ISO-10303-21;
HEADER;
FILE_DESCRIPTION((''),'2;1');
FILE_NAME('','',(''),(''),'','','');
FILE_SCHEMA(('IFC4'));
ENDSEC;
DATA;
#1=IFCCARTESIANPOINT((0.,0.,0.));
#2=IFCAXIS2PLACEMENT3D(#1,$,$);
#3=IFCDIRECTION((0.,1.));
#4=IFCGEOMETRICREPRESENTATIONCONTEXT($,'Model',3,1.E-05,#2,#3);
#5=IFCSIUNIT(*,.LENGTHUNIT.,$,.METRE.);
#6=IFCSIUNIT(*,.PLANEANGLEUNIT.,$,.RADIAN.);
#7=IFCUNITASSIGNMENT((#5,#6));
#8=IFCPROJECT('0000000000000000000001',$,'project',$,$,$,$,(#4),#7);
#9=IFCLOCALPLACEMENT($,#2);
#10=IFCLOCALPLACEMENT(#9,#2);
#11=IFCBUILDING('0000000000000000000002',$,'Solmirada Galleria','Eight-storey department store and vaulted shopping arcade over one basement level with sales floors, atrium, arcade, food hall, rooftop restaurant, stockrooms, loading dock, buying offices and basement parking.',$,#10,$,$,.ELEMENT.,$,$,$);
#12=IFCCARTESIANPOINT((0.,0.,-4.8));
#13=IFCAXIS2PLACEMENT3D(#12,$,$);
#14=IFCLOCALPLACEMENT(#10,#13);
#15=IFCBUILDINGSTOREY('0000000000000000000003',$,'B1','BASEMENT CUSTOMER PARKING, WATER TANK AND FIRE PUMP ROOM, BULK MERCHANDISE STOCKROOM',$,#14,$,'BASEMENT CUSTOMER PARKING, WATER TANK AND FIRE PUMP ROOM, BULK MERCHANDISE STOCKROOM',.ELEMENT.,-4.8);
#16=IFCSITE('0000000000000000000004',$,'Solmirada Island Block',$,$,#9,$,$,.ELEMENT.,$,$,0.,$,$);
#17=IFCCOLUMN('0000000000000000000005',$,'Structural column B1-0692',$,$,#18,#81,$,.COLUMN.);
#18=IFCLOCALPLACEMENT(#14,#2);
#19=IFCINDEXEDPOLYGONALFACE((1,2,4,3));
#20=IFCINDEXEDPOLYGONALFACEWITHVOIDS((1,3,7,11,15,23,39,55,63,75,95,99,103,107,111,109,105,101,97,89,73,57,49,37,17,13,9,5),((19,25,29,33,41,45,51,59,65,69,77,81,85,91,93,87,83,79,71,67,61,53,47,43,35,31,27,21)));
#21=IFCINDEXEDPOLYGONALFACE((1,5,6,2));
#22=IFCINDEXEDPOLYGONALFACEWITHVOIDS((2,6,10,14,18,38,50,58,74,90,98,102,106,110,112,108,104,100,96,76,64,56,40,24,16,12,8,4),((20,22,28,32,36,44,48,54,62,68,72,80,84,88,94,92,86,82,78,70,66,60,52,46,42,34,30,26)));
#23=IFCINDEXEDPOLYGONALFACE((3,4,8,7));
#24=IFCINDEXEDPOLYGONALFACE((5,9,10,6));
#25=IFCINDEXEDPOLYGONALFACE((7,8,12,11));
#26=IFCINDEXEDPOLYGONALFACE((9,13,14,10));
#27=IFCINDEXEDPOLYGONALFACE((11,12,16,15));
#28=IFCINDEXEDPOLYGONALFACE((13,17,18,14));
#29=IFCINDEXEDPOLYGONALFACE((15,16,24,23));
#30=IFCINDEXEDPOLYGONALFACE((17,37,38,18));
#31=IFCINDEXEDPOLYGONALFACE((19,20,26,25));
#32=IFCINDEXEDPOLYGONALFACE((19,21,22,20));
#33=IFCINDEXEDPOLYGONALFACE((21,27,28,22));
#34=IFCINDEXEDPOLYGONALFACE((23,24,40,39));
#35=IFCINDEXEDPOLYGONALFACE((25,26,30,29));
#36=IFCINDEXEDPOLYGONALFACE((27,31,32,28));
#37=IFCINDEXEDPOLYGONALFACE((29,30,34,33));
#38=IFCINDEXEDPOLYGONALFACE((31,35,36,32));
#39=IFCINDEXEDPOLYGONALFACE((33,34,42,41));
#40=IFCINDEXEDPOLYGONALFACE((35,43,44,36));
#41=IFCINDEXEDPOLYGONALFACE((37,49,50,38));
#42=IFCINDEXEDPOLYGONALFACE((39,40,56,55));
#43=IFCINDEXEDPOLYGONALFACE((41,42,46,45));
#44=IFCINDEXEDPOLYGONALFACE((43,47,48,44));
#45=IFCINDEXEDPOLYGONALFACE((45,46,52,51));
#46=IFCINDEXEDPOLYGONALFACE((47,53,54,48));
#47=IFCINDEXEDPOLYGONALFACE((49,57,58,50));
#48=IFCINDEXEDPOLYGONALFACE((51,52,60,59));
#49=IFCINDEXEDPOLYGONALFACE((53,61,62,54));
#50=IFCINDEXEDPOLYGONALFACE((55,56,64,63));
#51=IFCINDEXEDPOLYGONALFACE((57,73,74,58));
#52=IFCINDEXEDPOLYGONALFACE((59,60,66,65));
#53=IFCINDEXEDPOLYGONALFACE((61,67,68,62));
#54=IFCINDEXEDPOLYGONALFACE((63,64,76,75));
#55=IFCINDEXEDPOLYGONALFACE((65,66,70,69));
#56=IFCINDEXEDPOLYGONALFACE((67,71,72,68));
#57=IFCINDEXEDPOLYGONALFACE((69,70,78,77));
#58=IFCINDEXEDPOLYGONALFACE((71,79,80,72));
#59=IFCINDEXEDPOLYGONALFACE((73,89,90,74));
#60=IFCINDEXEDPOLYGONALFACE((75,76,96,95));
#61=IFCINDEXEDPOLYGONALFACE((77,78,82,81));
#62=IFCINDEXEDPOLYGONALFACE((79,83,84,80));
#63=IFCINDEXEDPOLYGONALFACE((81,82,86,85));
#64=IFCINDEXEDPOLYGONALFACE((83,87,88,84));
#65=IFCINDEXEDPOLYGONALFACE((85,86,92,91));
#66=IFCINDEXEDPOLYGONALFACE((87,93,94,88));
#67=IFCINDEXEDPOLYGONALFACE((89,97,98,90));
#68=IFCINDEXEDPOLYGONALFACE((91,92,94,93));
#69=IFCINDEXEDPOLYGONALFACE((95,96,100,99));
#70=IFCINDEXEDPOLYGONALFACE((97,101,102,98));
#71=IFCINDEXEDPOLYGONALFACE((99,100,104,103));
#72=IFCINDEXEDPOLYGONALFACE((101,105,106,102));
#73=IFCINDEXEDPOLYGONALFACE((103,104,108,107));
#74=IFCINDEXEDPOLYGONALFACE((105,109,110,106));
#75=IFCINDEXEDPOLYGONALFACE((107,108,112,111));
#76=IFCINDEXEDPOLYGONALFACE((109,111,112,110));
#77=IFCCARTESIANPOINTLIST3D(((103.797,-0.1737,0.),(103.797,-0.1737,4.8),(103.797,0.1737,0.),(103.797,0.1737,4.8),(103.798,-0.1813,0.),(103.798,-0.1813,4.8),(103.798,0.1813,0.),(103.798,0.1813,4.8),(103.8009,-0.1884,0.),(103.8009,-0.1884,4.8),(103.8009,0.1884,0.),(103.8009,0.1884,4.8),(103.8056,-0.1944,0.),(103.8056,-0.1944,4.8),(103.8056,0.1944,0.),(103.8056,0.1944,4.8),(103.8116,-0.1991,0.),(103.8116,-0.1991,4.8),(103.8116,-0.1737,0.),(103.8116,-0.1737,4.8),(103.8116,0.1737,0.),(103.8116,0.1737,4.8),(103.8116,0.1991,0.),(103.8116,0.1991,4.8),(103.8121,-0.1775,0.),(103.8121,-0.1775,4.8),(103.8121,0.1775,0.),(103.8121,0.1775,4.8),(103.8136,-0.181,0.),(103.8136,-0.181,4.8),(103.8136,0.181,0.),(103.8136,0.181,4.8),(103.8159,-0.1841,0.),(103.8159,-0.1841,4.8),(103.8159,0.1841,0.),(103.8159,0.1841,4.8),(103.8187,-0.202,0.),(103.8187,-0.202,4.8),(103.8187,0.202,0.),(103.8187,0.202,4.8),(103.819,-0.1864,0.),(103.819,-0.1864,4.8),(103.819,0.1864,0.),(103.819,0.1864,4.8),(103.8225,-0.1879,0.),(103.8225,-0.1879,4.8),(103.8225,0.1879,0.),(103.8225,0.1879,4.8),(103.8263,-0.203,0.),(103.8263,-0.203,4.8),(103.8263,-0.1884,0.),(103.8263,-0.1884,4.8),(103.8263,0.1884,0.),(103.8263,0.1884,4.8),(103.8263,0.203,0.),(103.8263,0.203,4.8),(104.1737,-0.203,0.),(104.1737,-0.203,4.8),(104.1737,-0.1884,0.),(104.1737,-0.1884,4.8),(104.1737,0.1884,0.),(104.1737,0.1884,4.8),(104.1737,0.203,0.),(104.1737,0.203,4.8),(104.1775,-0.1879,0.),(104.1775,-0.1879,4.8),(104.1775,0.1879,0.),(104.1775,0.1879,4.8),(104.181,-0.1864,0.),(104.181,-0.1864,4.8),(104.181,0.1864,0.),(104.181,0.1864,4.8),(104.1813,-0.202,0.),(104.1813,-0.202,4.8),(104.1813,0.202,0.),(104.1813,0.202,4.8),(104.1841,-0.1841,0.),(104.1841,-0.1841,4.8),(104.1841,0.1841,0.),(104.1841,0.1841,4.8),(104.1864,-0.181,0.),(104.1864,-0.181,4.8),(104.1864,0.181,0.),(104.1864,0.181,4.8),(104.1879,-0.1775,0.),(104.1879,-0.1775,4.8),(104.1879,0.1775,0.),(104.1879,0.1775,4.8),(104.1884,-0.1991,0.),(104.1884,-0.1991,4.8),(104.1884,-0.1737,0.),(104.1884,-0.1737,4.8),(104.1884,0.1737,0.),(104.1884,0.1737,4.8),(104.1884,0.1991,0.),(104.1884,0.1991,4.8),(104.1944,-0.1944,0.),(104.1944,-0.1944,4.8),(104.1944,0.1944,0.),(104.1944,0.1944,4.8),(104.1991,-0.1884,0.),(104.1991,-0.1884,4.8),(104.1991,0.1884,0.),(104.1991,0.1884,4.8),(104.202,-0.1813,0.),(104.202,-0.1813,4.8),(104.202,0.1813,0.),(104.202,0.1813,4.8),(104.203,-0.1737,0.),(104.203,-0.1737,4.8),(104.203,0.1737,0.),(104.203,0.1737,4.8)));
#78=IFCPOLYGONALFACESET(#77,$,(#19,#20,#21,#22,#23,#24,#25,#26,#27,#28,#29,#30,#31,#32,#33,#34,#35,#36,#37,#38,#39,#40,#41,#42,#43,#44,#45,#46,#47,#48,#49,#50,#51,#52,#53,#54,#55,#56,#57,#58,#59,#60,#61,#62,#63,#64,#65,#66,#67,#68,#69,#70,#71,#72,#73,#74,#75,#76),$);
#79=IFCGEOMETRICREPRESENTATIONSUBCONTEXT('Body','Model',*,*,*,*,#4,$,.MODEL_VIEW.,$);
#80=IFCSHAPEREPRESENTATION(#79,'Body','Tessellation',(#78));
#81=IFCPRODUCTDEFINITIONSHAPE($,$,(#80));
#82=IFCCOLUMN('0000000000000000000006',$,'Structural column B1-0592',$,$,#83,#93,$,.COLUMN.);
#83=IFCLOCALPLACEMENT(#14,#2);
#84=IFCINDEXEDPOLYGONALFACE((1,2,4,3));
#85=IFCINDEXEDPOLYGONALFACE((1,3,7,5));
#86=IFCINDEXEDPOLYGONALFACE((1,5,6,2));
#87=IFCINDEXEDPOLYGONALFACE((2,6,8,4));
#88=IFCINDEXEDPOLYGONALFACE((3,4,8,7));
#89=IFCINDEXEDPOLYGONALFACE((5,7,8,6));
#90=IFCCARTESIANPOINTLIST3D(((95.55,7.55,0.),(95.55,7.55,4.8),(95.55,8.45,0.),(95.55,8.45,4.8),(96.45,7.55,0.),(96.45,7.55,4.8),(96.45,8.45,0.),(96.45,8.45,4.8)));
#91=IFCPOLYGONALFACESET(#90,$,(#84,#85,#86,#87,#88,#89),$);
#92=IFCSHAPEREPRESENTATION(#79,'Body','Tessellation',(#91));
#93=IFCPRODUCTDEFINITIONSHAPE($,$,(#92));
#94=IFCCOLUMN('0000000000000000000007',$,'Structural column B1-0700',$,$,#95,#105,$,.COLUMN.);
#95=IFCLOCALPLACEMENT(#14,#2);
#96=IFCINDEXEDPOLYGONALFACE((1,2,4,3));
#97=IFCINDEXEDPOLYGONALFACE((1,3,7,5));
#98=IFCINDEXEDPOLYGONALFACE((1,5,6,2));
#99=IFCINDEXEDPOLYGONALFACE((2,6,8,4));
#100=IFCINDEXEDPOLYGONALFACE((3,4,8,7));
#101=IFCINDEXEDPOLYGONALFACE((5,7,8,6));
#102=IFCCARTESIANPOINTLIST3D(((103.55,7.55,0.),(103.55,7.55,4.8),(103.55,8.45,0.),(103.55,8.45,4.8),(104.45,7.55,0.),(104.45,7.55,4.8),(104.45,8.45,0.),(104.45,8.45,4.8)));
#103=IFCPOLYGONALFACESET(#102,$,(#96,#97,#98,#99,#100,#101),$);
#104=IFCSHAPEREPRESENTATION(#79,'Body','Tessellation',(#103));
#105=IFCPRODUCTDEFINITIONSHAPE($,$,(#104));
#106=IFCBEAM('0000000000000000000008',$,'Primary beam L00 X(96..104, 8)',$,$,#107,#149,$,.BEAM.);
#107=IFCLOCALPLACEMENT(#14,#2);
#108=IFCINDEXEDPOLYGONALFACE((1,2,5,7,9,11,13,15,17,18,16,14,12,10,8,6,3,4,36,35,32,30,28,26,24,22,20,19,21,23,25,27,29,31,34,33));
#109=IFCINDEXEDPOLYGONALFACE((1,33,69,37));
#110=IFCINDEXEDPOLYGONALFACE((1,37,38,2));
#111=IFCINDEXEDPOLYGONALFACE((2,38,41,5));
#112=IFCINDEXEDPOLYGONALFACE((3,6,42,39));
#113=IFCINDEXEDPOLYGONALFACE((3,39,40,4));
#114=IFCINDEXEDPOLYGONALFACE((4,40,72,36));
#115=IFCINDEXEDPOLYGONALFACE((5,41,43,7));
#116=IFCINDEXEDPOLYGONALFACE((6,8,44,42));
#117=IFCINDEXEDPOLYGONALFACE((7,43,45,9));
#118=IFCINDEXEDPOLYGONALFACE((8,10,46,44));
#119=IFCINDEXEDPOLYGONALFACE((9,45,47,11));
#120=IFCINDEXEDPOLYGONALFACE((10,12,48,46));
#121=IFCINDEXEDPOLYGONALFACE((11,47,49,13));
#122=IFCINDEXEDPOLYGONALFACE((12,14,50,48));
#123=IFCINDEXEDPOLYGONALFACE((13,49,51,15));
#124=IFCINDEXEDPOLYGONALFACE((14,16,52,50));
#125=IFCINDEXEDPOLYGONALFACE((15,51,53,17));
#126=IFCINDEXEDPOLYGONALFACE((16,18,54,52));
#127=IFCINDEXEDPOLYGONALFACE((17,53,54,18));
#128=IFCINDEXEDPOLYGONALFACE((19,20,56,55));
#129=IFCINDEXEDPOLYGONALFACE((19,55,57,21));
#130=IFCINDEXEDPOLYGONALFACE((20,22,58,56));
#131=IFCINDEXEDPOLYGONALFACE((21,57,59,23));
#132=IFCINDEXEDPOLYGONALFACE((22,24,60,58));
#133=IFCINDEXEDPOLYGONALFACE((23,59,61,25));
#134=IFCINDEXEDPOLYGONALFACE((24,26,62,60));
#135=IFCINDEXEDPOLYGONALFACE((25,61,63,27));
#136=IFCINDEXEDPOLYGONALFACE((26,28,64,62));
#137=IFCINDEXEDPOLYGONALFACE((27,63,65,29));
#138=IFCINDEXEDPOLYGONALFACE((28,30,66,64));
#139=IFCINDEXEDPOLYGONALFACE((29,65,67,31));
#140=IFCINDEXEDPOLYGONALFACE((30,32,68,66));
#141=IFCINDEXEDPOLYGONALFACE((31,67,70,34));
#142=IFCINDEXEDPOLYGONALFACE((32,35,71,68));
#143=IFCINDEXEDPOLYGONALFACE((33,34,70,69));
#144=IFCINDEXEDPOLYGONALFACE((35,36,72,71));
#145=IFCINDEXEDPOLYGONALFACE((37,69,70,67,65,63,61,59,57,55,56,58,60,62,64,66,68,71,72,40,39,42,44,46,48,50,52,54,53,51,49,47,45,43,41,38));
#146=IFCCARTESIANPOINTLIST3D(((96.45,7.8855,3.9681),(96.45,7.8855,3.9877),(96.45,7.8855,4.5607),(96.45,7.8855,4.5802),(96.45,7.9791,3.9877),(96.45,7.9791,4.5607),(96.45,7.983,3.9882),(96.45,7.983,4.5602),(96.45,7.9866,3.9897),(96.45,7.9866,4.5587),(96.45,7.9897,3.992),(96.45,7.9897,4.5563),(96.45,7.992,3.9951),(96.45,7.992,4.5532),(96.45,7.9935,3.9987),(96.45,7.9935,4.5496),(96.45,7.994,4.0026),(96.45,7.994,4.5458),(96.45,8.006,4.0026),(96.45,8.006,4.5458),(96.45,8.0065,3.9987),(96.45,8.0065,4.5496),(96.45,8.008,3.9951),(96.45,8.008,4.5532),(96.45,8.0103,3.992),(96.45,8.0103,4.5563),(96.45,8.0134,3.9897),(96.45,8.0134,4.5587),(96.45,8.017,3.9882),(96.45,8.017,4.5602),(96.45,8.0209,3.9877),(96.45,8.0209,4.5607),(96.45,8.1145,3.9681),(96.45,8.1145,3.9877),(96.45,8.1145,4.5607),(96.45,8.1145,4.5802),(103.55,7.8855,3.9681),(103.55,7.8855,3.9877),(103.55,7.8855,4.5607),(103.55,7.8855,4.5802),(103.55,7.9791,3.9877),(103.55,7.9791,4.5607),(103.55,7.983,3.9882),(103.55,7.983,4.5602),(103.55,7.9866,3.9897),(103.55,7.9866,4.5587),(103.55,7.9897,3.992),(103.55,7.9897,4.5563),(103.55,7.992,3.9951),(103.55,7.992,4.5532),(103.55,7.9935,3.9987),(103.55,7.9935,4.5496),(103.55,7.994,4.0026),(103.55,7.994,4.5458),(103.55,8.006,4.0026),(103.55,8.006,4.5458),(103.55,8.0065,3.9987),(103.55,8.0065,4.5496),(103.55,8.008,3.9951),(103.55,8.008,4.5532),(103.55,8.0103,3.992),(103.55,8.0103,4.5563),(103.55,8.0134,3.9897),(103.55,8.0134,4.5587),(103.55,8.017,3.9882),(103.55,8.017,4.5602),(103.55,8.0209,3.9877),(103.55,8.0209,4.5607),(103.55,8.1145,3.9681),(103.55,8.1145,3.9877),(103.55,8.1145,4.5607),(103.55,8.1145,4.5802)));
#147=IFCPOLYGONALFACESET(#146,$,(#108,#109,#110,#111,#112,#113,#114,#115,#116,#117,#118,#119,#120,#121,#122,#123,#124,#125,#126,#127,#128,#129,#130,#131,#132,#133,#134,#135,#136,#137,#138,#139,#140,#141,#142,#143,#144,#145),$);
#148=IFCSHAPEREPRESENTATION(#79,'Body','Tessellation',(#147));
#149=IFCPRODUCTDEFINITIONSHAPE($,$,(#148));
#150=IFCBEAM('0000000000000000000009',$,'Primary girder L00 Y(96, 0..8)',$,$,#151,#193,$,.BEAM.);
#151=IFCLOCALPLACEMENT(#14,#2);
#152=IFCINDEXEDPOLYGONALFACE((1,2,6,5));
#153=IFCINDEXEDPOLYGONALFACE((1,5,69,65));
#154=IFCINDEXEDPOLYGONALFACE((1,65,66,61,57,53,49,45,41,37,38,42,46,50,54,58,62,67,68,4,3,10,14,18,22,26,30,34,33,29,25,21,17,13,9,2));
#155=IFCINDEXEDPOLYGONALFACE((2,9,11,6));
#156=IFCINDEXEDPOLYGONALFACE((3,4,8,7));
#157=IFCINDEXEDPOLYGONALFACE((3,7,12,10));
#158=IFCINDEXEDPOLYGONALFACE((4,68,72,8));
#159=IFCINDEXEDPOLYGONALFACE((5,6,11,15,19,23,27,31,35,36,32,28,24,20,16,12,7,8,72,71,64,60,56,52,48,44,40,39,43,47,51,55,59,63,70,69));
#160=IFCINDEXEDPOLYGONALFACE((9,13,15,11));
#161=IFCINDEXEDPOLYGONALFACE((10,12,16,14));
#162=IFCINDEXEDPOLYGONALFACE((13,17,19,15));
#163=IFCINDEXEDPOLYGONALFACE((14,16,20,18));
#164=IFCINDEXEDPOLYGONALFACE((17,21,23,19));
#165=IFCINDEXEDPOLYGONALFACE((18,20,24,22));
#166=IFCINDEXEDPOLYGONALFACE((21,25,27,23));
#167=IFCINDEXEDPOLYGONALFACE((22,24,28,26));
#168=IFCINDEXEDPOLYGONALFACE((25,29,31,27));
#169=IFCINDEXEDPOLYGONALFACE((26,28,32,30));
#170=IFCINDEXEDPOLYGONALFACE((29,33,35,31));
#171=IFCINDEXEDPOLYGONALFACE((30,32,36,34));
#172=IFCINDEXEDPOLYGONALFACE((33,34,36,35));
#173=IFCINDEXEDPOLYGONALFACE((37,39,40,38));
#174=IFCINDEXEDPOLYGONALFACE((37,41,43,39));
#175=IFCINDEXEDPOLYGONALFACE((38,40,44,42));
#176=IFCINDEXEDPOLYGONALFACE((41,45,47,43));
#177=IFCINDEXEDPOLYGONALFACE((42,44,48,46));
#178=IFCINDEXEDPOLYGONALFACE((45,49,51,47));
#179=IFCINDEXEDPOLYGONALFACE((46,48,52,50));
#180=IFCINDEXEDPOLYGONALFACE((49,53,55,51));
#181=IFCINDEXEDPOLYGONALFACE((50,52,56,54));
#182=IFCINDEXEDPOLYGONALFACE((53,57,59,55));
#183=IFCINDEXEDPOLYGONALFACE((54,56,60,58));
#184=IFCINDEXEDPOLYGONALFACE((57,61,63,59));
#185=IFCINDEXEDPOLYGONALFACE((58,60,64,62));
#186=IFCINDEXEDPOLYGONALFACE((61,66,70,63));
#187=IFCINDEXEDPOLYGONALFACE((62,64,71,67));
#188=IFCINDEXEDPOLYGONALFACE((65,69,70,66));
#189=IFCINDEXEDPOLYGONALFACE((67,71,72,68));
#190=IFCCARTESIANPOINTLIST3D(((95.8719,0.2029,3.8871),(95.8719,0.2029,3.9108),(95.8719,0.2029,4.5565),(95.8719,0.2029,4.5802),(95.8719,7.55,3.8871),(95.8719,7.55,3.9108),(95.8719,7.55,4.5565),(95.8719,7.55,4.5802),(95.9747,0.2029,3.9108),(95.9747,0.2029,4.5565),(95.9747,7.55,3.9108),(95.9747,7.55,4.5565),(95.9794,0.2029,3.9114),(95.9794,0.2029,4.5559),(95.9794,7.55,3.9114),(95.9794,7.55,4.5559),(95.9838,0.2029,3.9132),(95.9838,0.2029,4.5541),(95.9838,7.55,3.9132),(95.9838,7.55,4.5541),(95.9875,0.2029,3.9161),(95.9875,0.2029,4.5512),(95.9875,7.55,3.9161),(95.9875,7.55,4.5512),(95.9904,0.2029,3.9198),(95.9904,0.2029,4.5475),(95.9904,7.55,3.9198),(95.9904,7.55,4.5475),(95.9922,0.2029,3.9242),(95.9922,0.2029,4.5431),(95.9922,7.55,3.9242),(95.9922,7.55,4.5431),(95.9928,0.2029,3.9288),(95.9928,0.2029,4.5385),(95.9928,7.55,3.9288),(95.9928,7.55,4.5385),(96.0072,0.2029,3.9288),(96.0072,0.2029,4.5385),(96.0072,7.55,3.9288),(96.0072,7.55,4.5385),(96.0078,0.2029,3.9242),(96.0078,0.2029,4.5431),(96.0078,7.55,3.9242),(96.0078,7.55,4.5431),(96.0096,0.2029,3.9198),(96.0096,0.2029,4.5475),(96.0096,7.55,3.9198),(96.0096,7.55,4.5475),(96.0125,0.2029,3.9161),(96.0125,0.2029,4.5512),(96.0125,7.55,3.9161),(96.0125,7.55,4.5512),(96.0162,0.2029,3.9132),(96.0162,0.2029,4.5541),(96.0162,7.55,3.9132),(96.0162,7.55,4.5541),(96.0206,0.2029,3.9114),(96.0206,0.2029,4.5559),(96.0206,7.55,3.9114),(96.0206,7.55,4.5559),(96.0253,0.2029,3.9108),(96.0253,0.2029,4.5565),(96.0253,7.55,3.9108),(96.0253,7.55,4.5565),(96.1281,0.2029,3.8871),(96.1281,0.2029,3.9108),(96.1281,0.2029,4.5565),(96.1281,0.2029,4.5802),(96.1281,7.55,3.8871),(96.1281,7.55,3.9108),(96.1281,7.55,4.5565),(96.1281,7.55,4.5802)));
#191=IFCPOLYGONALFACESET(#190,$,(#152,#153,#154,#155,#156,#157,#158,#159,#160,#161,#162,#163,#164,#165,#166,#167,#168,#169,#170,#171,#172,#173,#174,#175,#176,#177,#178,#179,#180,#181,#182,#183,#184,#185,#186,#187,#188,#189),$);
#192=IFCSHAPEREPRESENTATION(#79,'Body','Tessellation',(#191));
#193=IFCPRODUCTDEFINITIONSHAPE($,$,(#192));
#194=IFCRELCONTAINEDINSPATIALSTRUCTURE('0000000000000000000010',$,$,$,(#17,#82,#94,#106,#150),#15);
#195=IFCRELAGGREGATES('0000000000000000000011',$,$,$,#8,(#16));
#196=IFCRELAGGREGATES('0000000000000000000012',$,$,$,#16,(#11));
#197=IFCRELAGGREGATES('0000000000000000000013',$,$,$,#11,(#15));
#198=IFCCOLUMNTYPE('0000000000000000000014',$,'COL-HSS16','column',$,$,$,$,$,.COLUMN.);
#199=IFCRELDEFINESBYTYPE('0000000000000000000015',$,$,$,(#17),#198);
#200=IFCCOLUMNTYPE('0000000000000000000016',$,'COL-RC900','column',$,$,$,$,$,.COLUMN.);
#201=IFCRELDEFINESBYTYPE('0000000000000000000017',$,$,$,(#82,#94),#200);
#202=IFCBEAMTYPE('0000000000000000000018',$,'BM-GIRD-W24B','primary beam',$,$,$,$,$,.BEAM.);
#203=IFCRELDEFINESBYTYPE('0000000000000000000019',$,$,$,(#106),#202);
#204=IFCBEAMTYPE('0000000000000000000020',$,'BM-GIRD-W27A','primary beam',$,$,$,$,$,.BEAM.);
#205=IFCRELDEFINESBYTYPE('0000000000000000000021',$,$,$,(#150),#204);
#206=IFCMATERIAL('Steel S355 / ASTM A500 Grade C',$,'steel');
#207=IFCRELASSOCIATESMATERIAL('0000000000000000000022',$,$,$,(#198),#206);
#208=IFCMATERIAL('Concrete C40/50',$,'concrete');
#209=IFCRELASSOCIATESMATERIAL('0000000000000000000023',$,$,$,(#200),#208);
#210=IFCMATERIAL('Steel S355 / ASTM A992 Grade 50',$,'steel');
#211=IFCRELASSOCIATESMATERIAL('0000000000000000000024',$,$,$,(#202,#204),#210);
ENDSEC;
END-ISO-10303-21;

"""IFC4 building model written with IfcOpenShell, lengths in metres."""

from ifc_helpers import new_model, si_unit, direction, frame, origin, origin_2d, place, context, subcontext, project, spatial, rectangle, hollow_rectangle, i_section, extrude, material, material_profile, profile_set, type_object, element, save


model = new_model("IFC4")

# Units and contexts
model_context = context("Model", 3, precision=1e-05, world=origin(), true_north=direction((0.0, 1.0)))
body_context = subcontext(model_context, "Body", "Model", "MODEL_VIEW")
ifc_project = project(units=[si_unit("LENGTHUNIT", "METRE"), si_unit("PLANEANGLEUNIT", "RADIAN")], contexts=[model_context])

# Site, building, storey
site_placement = place(None, origin())
site = spatial("IfcSite", under=ifc_project, at=site_placement, Name="Solmirada Island Block", CompositionType="ELEMENT", RefElevation=0.0)
building_placement = place(site_placement, origin())
building = spatial("IfcBuilding", under=site, at=building_placement, Name="Solmirada Galleria", Description="Eight-storey department store and vaulted shopping arcade over one basement level with sales floors, atrium, arcade, food hall, rooftop restaurant, stockrooms, loading dock, buying offices and basement parking.", CompositionType="ELEMENT")
storey_placement = place(building_placement, frame((0.0, 0.0, -4.8)))
storey = spatial("IfcBuildingStorey", under=building, at=storey_placement, Name="B1", Description="BASEMENT CUSTOMER PARKING, WATER TANK AND FIRE PUMP ROOM, BULK MERCHANDISE STOCKROOM", LongName="BASEMENT CUSTOMER PARKING, WATER TANK AND FIRE PUMP ROOM, BULK MERCHANDISE STOCKROOM", CompositionType="ELEMENT", Elevation=-4.8)

# Shared definitions
ifc_material_1 = material(Name="Concrete C40/50", Category="concrete")

# Columns
ifc_material_2 = material(Name="Steel S355 / ASTM A500 Grade C", Category="steel")
ifc_material_profile_1 = material_profile(ifc_material_2, hollow_rectangle(XDim=0.406, YDim=0.406, WallThickness=0.0146, InnerFilletRadius=0.0146, OuterFilletRadius=0.0293, at=origin_2d()), Name="HSS16X16X5/8")
ifc_profile_set_1 = profile_set([ifc_material_profile_1], Name="Steel S355 / ASTM A500 Grade C")
column_type_1 = type_object("IfcColumnType", Name="COL-HSS16", Description="column", PredefinedType="COLUMN", material=ifc_profile_set_1)
for number, where, z_axis, x_axis, name in (
    (1, (104.0, 0.0, 0.0), (0.0, 0.0, 1.0), (1.0, 0.0, 0.0), "Structural column B1-0692"),
):
    element("IfcColumn", number, at=place(storey_placement, frame(where, z_axis=z_axis, x_axis=x_axis)), inside=storey, type_object=column_type_1, Name=name, PredefinedType="COLUMN", context=body_context, shape_type="SweptSolid", body=[
        extrude(hollow_rectangle(XDim=0.406, YDim=0.406, WallThickness=0.0146, InnerFilletRadius=0.0146, OuterFilletRadius=0.0293, at=origin_2d()), origin(), (0.0, 0.0, 1.0), 4.8),
    ])
ifc_material_profile_2 = material_profile(ifc_material_1, rectangle(XDim=0.8999, YDim=0.8999, at=origin_2d()), Name="RC900X900")
ifc_profile_set_2 = profile_set([ifc_material_profile_2], Name="Concrete C40/50")
column_type_2 = type_object("IfcColumnType", Name="COL-RC900", Description="column", PredefinedType="COLUMN", material=ifc_profile_set_2)
for number, where, z_axis, x_axis, name in (
    (2, (96.0, 8.0, 0.0), (0.0, 0.0, 1.0), (1.0, 0.0, 0.0), "Structural column B1-0592"),
    (3, (104.0, 8.0, 0.0), (0.0, 0.0, 1.0), (1.0, 0.0, 0.0), "Structural column B1-0700"),
):
    element("IfcColumn", number, at=place(storey_placement, frame(where, z_axis=z_axis, x_axis=x_axis)), inside=storey, type_object=column_type_2, Name=name, PredefinedType="COLUMN", context=body_context, shape_type="SweptSolid", body=[
        extrude(rectangle(XDim=0.8999, YDim=0.8999, at=origin_2d()), origin(), (0.0, 0.0, 1.0), 4.8),
    ])

# Beams
ifc_material_3 = material(Name="Steel S355 / ASTM A992 Grade 50", Category="steel")
ifc_material_profile_3 = material_profile(ifc_material_3, i_section(OverallWidth=0.229, OverallDepth=0.6121, WebThickness=0.012, FlangeThickness=0.0195, FilletRadius=0.0149, at=origin_2d()), Name="W24X84")
ifc_profile_set_3 = profile_set([ifc_material_profile_3], Name="Steel S355 / ASTM A992 Grade 50")
beam_type_1 = type_object("IfcBeamType", Name="BM-GIRD-W24B", Description="primary beam", PredefinedType="BEAM", material=ifc_profile_set_3)
beam_1_placement = place(storey_placement, frame((96.45, 8.0, 4.2742), z_axis=(1.0, 0.0, 0.0), x_axis=(0.0, 1.0, 0.0)))
element("IfcBeam", 4, at=beam_1_placement, inside=storey, type_object=beam_type_1, Name="Primary beam L00 X(96..104, 8)", PredefinedType="BEAM", context=body_context, shape_type="SweptSolid", body=[
    extrude(i_section(OverallWidth=0.229, OverallDepth=0.6121, WebThickness=0.012, FlangeThickness=0.0195, FilletRadius=0.0149, at=origin_2d()), origin(), (0.0, 0.0, 1.0), 7.1001),
])
ifc_material_profile_4 = material_profile(ifc_material_3, i_section(OverallWidth=0.2561, OverallDepth=0.6931, WebThickness=0.0144, FlangeThickness=0.0237, FilletRadius=0.0181, at=origin_2d()), Name="W27X114")
ifc_profile_set_4 = profile_set([ifc_material_profile_4], Name="Steel S355 / ASTM A992 Grade 50")
beam_type_2 = type_object("IfcBeamType", Name="BM-GIRD-W27A", Description="primary beam", PredefinedType="BEAM", material=ifc_profile_set_4)
beam_2_placement = place(storey_placement, frame((96.0, 0.2029, 4.2336), z_axis=(0.0, 1.0, 0.0), x_axis=(-1.0, 0.0, 0.0)))
element("IfcBeam", 5, at=beam_2_placement, inside=storey, type_object=beam_type_2, Name="Primary girder L00 Y(96, 0..8)", PredefinedType="BEAM", context=body_context, shape_type="SweptSolid", body=[
    extrude(i_section(OverallWidth=0.2561, OverallDepth=0.6931, WebThickness=0.0144, FlangeThickness=0.0237, FilletRadius=0.0181, at=origin_2d()), origin(), (0.0, 0.0, 1.0), 7.3472),
])

save(model, "model.ifc")
